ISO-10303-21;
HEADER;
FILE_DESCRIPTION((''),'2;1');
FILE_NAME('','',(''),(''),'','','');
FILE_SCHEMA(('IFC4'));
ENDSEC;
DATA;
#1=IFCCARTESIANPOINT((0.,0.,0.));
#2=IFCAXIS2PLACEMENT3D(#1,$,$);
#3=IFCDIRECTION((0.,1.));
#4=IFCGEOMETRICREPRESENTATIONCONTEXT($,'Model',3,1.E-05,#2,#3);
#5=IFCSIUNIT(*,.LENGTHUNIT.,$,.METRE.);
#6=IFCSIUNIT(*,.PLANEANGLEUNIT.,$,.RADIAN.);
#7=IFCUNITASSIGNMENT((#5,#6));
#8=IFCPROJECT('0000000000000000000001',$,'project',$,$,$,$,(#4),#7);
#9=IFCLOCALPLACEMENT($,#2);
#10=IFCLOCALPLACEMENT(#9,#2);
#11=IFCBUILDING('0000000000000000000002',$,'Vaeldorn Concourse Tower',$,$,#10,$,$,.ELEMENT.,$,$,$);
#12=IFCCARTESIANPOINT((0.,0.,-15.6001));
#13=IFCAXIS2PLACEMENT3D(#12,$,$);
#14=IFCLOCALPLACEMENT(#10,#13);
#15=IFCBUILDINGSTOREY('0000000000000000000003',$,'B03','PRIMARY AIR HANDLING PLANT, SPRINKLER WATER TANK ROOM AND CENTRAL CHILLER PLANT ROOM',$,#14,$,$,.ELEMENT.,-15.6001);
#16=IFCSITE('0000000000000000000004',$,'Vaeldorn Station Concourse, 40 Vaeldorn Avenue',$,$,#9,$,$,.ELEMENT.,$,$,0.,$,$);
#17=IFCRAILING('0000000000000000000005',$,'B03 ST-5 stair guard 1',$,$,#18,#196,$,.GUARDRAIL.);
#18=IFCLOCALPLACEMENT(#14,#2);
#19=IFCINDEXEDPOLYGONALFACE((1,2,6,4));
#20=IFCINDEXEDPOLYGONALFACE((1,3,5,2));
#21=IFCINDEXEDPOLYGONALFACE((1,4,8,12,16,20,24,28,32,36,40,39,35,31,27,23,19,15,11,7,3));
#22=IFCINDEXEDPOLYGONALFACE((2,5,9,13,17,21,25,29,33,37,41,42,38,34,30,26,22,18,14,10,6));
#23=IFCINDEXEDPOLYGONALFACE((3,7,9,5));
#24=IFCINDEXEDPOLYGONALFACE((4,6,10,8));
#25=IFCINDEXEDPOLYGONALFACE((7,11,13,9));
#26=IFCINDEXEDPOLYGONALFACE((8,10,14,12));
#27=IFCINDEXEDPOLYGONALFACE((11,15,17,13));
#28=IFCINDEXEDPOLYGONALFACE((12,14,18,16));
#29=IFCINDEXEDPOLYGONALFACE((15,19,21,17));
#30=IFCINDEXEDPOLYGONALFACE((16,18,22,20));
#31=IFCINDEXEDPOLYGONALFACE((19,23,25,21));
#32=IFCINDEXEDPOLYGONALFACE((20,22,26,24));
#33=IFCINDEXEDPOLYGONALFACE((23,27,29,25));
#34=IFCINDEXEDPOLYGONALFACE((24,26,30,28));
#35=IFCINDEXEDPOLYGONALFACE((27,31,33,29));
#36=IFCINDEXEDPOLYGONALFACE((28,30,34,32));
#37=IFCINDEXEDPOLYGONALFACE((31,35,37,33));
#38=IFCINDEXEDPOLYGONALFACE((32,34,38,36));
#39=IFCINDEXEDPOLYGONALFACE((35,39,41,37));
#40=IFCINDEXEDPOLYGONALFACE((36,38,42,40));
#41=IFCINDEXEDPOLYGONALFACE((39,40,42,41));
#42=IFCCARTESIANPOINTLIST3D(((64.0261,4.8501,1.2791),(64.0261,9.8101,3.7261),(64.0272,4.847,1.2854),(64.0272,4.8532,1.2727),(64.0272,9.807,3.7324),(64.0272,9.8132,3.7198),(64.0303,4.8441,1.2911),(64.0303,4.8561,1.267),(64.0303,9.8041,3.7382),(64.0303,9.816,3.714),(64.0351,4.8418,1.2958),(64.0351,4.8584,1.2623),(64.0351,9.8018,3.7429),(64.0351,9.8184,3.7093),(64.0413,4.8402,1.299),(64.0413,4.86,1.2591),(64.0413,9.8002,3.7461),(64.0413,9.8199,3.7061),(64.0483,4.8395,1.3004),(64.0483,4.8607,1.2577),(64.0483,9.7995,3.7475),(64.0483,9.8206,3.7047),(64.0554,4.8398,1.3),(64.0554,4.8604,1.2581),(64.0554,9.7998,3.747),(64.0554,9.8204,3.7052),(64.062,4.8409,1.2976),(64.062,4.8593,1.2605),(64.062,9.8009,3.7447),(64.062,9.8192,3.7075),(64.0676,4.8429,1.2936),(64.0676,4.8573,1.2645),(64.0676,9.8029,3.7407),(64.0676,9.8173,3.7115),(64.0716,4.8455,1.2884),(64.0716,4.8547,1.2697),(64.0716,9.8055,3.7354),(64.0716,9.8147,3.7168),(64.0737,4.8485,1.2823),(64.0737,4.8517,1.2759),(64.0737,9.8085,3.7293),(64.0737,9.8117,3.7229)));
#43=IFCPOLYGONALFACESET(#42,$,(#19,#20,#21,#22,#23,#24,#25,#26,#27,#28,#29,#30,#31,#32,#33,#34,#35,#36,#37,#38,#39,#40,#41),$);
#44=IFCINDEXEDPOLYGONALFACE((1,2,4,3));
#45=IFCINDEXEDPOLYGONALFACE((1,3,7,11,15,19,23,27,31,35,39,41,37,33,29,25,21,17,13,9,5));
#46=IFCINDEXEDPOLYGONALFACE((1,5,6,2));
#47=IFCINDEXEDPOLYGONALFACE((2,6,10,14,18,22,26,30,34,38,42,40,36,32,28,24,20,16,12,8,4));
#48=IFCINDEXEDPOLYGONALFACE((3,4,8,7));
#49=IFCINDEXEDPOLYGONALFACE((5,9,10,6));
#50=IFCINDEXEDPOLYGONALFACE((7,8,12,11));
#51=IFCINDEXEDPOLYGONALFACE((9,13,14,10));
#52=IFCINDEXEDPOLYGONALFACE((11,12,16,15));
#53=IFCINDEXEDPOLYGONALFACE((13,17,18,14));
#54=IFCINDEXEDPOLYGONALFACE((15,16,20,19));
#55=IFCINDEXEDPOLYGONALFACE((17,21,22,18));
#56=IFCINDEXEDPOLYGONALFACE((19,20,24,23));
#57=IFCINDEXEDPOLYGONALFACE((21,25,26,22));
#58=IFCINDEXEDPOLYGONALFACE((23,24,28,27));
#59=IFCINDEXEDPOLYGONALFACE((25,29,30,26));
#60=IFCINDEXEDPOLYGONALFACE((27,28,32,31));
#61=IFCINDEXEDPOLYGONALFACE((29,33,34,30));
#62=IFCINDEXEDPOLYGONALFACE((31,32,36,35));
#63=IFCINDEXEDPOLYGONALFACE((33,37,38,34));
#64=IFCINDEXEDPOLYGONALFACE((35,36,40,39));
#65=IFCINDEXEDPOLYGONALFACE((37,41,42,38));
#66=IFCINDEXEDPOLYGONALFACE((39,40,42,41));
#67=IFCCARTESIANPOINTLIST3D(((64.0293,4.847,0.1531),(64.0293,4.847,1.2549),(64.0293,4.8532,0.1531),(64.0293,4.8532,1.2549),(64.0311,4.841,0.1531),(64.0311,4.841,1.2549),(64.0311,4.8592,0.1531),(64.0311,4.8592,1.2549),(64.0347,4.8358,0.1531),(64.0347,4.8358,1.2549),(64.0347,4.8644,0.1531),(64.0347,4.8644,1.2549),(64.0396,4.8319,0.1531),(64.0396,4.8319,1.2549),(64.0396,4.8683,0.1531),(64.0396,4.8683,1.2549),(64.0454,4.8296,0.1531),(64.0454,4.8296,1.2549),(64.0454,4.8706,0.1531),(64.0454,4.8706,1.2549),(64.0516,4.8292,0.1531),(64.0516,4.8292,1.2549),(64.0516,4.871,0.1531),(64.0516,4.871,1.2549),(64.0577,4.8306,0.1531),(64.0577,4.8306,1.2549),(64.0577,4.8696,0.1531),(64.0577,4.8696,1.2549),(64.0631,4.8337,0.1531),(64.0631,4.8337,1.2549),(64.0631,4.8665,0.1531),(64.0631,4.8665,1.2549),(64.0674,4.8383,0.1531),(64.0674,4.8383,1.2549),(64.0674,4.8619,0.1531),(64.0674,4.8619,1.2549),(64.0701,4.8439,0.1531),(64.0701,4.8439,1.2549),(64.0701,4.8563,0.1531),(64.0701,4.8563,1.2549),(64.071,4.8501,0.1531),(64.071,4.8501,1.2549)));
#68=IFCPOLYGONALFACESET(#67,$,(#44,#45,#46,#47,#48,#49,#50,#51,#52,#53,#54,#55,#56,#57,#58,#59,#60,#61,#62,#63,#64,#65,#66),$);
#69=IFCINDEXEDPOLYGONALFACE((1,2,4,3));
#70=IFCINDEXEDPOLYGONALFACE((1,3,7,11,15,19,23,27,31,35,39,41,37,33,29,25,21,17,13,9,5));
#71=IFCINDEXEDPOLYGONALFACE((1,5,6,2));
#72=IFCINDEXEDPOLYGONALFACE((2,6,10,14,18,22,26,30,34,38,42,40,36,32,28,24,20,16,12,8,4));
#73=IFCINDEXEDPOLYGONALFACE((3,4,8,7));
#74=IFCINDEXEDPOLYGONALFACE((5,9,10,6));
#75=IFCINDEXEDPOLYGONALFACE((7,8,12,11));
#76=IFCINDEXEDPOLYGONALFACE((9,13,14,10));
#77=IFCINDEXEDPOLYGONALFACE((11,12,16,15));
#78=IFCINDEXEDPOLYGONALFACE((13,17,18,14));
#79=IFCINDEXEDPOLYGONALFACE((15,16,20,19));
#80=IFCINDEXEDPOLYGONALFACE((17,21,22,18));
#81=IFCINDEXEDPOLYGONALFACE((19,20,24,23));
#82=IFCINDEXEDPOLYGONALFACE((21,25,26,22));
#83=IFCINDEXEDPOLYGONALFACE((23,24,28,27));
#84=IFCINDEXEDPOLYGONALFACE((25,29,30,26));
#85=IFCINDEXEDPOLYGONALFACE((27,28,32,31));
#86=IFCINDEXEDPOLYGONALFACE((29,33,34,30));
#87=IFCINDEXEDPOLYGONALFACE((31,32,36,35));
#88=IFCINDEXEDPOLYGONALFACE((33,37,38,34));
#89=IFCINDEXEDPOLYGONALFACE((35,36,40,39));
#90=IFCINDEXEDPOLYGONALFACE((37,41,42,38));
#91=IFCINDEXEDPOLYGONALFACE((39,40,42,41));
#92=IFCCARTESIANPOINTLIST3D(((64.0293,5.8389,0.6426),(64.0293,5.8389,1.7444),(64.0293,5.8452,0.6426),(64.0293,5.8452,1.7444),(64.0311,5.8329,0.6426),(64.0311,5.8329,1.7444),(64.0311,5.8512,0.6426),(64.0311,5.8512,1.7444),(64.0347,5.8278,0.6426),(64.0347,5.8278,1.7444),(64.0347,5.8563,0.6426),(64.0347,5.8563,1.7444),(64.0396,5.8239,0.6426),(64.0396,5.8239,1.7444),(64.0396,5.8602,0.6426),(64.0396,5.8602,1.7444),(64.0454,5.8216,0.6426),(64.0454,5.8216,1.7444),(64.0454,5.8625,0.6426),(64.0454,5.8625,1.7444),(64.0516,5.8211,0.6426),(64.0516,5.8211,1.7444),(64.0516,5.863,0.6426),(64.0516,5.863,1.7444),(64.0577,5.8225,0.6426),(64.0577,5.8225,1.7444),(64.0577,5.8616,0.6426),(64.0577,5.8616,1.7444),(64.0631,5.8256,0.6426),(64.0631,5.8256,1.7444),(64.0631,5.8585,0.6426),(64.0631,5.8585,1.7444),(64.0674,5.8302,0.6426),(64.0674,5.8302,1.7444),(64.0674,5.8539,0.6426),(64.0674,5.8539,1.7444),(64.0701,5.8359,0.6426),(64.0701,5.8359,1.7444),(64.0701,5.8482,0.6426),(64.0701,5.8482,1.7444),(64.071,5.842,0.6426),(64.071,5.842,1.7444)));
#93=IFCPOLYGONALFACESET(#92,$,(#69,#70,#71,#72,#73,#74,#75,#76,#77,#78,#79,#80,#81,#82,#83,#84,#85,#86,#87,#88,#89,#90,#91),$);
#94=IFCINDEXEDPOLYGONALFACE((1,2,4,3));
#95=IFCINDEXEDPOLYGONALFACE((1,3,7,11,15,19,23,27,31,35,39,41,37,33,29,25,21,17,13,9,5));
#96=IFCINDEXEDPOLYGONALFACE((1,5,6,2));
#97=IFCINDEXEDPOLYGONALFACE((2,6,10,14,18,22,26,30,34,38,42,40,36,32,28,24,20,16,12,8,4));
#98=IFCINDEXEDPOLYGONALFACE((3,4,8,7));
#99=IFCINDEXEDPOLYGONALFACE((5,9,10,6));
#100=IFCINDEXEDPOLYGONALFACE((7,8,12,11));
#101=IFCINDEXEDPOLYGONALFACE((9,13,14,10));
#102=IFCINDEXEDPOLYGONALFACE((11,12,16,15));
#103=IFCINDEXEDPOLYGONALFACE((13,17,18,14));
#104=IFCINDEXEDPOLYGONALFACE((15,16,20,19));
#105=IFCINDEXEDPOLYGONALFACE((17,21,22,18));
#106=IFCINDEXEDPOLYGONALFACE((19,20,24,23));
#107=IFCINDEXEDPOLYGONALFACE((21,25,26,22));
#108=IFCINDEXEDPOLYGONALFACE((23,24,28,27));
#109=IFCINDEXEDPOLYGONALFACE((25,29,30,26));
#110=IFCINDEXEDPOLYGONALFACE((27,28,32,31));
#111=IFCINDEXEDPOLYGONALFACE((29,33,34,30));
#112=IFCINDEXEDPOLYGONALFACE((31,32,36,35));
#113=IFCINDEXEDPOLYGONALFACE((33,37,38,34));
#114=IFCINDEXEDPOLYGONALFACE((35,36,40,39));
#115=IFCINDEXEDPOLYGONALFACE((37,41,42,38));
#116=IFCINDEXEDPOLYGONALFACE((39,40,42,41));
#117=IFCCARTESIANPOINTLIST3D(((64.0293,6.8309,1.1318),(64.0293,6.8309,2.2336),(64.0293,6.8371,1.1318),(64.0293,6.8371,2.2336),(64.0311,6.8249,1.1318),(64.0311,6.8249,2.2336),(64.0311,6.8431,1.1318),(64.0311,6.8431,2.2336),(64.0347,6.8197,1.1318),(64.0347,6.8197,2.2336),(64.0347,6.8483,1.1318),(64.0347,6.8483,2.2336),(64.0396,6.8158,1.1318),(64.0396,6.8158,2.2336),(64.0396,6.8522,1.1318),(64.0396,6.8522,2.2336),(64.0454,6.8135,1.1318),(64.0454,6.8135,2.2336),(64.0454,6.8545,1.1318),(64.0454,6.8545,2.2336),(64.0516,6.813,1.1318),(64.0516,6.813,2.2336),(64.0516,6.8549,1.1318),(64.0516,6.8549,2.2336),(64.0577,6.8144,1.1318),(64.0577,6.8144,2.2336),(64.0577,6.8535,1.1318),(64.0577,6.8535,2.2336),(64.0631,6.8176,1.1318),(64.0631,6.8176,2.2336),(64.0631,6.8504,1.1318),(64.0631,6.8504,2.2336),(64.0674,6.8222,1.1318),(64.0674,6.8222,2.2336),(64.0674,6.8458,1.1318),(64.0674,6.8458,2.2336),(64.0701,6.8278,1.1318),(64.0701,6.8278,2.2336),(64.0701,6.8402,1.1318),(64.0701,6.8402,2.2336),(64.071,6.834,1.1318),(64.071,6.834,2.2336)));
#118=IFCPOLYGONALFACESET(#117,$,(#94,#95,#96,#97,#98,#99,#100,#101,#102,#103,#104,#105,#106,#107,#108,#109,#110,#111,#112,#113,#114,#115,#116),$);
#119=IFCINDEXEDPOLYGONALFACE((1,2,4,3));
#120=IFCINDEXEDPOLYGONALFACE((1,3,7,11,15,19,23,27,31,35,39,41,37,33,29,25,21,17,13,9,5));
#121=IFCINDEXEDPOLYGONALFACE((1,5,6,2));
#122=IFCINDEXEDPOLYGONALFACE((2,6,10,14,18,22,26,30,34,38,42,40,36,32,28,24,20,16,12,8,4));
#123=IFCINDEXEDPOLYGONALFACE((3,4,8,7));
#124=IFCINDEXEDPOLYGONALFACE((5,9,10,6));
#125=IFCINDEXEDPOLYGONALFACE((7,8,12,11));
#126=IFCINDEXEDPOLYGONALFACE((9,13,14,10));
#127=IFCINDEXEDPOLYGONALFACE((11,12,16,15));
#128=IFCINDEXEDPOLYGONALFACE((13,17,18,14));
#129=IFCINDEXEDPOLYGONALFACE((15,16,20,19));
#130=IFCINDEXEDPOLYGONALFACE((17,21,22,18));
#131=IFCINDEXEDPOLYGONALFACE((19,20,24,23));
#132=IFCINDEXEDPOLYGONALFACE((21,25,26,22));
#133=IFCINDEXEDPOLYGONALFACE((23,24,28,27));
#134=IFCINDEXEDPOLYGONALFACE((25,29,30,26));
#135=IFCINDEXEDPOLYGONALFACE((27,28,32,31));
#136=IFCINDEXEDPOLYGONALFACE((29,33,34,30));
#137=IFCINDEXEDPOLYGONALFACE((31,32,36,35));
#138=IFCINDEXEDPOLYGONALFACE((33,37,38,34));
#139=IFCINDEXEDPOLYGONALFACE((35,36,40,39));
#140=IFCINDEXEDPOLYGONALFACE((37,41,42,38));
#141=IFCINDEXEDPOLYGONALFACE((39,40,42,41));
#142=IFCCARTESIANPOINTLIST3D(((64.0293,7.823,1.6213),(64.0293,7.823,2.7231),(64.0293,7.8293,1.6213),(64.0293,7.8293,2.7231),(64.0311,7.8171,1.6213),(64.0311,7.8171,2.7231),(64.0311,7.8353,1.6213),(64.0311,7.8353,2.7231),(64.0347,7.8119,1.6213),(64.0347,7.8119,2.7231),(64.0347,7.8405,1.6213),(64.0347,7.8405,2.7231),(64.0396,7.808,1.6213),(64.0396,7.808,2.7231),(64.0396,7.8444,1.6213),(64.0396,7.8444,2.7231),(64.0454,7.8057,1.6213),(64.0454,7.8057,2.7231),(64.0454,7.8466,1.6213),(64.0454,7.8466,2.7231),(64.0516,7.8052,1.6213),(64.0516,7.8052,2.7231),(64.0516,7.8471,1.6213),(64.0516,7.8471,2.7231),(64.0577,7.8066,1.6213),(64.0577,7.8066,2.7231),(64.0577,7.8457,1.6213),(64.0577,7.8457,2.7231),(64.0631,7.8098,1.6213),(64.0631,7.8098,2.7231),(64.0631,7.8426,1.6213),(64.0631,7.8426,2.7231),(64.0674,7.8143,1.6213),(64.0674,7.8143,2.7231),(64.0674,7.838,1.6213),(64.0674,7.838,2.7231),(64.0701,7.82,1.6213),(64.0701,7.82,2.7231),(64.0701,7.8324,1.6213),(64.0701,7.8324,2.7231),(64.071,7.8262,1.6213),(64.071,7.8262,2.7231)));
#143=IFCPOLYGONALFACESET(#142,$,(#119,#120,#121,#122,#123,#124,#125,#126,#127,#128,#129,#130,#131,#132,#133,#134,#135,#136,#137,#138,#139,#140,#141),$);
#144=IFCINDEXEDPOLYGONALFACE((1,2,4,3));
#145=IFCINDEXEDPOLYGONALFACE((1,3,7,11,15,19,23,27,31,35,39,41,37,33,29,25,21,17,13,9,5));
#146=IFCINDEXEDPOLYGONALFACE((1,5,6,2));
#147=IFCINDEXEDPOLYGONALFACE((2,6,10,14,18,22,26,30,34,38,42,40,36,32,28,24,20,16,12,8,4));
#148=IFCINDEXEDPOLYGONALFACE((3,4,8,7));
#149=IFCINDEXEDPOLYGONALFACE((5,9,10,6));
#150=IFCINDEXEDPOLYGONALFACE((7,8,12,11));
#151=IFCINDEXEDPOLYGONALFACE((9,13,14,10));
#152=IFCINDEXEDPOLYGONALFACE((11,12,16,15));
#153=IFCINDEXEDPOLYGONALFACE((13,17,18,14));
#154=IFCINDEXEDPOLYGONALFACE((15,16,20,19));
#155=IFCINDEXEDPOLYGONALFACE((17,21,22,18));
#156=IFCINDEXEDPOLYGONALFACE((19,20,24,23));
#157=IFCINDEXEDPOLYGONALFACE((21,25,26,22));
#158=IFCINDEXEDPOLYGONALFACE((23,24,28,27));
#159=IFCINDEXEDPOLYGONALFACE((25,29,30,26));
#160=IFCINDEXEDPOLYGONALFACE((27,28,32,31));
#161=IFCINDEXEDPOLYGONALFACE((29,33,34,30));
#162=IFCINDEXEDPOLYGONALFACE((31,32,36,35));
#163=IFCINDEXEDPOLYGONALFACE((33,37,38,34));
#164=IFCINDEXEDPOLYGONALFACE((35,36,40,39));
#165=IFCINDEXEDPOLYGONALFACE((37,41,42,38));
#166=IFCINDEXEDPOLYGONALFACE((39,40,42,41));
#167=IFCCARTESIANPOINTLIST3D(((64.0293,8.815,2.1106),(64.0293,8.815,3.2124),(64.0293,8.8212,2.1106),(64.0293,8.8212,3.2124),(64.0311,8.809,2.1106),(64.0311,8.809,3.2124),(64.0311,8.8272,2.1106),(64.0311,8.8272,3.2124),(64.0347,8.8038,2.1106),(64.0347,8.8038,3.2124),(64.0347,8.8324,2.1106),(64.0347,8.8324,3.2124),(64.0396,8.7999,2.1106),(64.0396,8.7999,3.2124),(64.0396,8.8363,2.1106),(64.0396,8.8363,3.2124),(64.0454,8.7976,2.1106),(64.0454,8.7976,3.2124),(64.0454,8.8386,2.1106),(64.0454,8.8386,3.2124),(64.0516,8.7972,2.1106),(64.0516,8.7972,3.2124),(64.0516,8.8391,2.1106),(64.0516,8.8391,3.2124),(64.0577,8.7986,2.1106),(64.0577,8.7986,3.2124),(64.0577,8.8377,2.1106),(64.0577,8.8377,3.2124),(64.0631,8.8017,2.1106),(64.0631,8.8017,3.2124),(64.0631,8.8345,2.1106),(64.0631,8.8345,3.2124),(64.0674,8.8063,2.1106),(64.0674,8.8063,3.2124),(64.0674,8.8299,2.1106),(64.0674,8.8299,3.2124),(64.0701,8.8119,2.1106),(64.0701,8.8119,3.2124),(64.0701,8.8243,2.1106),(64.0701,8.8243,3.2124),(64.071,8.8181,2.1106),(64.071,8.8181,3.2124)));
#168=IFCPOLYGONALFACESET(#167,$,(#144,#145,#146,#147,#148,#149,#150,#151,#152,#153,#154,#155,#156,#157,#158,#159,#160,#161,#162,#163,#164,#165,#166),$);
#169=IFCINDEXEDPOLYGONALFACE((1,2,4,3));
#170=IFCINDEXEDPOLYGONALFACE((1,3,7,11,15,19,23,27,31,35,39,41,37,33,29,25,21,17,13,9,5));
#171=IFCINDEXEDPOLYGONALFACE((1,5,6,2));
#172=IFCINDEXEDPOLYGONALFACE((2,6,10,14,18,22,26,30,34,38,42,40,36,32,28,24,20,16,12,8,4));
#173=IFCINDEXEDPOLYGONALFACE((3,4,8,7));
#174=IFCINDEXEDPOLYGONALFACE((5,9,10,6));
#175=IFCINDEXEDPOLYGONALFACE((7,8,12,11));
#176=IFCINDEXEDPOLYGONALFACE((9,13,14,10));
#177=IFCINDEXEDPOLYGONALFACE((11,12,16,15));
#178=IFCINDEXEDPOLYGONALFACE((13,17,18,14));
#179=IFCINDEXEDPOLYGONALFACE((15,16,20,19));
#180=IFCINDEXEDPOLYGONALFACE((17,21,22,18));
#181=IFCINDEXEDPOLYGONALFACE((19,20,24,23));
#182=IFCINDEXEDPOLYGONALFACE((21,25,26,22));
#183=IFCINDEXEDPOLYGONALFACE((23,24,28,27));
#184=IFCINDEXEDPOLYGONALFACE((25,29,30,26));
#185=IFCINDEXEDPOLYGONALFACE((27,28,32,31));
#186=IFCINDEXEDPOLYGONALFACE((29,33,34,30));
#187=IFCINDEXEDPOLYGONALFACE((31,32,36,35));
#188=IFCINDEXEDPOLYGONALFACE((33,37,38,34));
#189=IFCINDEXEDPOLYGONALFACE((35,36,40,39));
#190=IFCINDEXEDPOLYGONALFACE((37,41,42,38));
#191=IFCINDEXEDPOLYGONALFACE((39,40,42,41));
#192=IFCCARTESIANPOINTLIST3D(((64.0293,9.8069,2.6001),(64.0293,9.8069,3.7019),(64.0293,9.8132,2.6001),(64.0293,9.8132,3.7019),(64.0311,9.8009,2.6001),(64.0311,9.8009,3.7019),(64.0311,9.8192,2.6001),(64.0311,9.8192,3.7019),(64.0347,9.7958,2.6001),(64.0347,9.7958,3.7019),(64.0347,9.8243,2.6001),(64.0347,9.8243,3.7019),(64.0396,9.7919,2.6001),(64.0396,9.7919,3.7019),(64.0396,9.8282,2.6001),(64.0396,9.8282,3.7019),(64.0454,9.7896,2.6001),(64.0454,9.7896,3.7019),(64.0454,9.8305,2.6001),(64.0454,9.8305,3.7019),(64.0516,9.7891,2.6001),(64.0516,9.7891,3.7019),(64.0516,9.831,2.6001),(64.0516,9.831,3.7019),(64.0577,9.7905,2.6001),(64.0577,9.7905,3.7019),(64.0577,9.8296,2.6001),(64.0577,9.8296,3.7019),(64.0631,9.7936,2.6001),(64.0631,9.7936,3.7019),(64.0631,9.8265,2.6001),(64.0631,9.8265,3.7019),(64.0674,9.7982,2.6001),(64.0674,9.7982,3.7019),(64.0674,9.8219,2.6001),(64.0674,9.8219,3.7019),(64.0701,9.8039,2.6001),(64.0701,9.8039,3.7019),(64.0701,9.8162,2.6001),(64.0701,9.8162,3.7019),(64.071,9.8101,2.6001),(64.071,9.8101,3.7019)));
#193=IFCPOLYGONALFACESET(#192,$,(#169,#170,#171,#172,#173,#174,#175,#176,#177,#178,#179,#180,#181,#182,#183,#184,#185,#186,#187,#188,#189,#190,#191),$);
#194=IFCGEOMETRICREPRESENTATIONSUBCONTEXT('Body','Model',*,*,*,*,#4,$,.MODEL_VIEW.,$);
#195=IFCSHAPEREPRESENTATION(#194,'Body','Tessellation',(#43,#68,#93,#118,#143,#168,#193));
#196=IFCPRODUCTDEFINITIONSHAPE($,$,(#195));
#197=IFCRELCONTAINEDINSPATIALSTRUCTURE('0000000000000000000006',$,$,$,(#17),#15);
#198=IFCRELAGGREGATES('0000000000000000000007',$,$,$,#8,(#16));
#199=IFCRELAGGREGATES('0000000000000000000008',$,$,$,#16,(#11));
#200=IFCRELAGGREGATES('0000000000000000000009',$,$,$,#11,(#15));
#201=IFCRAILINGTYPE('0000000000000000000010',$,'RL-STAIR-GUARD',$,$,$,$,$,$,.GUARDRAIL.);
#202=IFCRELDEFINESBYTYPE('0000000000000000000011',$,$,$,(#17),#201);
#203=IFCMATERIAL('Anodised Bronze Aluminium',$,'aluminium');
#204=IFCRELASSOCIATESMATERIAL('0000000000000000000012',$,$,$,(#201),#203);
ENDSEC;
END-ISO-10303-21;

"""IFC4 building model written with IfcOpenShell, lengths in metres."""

from ifc_helpers import new_model, si_unit, direction, frame, origin, origin_2d, place, context, subcontext, project, spatial, circle, extrude, material, type_object, element, save


model = new_model("IFC4")

# Units and contexts
model_context = context("Model", 3, precision=1e-05, world=origin(), true_north=direction((0.0, 1.0)))
body_context = subcontext(model_context, "Body", "Model", "MODEL_VIEW")
ifc_project = project(units=[si_unit("LENGTHUNIT", "METRE"), si_unit("PLANEANGLEUNIT", "RADIAN")], contexts=[model_context])

# Site, building, storey
site_placement = place(None, origin())
site = spatial("IfcSite", under=ifc_project, at=site_placement, Name="Vaeldorn Station Concourse, 40 Vaeldorn Avenue", CompositionType="ELEMENT", RefElevation=0.0)
building_placement = place(site_placement, origin())
building = spatial("IfcBuilding", under=site, at=building_placement, Name="Vaeldorn Concourse Tower", CompositionType="ELEMENT")
storey_placement = place(building_placement, frame((0.0, 0.0, -15.6001)))
storey = spatial("IfcBuildingStorey", under=building, at=storey_placement, Name="B03", Description="PRIMARY AIR HANDLING PLANT, SPRINKLER WATER TANK ROOM AND CENTRAL CHILLER PLANT ROOM", CompositionType="ELEMENT", Elevation=-15.6001)

# Railing
ifc_material_1 = material(Name="Anodised Bronze Aluminium", Category="aluminium")
railing_type_1 = type_object("IfcRailingType", Name="RL-STAIR-GUARD", PredefinedType="GUARDRAIL", material=ifc_material_1)
railing_1_placement = place(storey_placement, frame((64.05, 4.8501, 0.1531)))
element("IfcRailing", 1, at=railing_1_placement, inside=storey, type_object=railing_type_1, Name="B03 ST-5 stair guard 1", PredefinedType="GUARDRAIL", context=body_context, shape_type="SweptSolid", body=[
    extrude(circle(Radius=0.0239, at=origin_2d()), frame((0.0, 0.0, 1.126), z_axis=(0.0, 0.896798, 0.44244), x_axis=(-1.0, 0.0, 0.0)), (0.0, 0.0, 1.0), 5.5308),
    extrude(circle(Radius=0.021, at=origin_2d()), origin(), (0.0, 0.0, 1.0), 1.1018),
    extrude(circle(Radius=0.021, at=origin_2d()), frame((0.0, 0.9919, 0.4895)), (0.0, 0.0, 1.0), 1.1018),
    extrude(circle(Radius=0.021, at=origin_2d()), frame((0.0, 1.9839, 0.9788)), (0.0, 0.0, 1.0), 1.1018),
    extrude(circle(Radius=0.021, at=origin_2d()), frame((0.0, 2.9761, 1.4683)), (0.0, 0.0, 1.0), 1.1018),
    extrude(circle(Radius=0.021, at=origin_2d()), frame((0.0, 3.968, 1.9575)), (0.0, 0.0, 1.0), 1.1018),
    extrude(circle(Radius=0.021, at=origin_2d()), frame((0.0, 4.96, 2.447)), (0.0, 0.0, 1.0), 1.1018),
])

save(model, "model.ifc")
